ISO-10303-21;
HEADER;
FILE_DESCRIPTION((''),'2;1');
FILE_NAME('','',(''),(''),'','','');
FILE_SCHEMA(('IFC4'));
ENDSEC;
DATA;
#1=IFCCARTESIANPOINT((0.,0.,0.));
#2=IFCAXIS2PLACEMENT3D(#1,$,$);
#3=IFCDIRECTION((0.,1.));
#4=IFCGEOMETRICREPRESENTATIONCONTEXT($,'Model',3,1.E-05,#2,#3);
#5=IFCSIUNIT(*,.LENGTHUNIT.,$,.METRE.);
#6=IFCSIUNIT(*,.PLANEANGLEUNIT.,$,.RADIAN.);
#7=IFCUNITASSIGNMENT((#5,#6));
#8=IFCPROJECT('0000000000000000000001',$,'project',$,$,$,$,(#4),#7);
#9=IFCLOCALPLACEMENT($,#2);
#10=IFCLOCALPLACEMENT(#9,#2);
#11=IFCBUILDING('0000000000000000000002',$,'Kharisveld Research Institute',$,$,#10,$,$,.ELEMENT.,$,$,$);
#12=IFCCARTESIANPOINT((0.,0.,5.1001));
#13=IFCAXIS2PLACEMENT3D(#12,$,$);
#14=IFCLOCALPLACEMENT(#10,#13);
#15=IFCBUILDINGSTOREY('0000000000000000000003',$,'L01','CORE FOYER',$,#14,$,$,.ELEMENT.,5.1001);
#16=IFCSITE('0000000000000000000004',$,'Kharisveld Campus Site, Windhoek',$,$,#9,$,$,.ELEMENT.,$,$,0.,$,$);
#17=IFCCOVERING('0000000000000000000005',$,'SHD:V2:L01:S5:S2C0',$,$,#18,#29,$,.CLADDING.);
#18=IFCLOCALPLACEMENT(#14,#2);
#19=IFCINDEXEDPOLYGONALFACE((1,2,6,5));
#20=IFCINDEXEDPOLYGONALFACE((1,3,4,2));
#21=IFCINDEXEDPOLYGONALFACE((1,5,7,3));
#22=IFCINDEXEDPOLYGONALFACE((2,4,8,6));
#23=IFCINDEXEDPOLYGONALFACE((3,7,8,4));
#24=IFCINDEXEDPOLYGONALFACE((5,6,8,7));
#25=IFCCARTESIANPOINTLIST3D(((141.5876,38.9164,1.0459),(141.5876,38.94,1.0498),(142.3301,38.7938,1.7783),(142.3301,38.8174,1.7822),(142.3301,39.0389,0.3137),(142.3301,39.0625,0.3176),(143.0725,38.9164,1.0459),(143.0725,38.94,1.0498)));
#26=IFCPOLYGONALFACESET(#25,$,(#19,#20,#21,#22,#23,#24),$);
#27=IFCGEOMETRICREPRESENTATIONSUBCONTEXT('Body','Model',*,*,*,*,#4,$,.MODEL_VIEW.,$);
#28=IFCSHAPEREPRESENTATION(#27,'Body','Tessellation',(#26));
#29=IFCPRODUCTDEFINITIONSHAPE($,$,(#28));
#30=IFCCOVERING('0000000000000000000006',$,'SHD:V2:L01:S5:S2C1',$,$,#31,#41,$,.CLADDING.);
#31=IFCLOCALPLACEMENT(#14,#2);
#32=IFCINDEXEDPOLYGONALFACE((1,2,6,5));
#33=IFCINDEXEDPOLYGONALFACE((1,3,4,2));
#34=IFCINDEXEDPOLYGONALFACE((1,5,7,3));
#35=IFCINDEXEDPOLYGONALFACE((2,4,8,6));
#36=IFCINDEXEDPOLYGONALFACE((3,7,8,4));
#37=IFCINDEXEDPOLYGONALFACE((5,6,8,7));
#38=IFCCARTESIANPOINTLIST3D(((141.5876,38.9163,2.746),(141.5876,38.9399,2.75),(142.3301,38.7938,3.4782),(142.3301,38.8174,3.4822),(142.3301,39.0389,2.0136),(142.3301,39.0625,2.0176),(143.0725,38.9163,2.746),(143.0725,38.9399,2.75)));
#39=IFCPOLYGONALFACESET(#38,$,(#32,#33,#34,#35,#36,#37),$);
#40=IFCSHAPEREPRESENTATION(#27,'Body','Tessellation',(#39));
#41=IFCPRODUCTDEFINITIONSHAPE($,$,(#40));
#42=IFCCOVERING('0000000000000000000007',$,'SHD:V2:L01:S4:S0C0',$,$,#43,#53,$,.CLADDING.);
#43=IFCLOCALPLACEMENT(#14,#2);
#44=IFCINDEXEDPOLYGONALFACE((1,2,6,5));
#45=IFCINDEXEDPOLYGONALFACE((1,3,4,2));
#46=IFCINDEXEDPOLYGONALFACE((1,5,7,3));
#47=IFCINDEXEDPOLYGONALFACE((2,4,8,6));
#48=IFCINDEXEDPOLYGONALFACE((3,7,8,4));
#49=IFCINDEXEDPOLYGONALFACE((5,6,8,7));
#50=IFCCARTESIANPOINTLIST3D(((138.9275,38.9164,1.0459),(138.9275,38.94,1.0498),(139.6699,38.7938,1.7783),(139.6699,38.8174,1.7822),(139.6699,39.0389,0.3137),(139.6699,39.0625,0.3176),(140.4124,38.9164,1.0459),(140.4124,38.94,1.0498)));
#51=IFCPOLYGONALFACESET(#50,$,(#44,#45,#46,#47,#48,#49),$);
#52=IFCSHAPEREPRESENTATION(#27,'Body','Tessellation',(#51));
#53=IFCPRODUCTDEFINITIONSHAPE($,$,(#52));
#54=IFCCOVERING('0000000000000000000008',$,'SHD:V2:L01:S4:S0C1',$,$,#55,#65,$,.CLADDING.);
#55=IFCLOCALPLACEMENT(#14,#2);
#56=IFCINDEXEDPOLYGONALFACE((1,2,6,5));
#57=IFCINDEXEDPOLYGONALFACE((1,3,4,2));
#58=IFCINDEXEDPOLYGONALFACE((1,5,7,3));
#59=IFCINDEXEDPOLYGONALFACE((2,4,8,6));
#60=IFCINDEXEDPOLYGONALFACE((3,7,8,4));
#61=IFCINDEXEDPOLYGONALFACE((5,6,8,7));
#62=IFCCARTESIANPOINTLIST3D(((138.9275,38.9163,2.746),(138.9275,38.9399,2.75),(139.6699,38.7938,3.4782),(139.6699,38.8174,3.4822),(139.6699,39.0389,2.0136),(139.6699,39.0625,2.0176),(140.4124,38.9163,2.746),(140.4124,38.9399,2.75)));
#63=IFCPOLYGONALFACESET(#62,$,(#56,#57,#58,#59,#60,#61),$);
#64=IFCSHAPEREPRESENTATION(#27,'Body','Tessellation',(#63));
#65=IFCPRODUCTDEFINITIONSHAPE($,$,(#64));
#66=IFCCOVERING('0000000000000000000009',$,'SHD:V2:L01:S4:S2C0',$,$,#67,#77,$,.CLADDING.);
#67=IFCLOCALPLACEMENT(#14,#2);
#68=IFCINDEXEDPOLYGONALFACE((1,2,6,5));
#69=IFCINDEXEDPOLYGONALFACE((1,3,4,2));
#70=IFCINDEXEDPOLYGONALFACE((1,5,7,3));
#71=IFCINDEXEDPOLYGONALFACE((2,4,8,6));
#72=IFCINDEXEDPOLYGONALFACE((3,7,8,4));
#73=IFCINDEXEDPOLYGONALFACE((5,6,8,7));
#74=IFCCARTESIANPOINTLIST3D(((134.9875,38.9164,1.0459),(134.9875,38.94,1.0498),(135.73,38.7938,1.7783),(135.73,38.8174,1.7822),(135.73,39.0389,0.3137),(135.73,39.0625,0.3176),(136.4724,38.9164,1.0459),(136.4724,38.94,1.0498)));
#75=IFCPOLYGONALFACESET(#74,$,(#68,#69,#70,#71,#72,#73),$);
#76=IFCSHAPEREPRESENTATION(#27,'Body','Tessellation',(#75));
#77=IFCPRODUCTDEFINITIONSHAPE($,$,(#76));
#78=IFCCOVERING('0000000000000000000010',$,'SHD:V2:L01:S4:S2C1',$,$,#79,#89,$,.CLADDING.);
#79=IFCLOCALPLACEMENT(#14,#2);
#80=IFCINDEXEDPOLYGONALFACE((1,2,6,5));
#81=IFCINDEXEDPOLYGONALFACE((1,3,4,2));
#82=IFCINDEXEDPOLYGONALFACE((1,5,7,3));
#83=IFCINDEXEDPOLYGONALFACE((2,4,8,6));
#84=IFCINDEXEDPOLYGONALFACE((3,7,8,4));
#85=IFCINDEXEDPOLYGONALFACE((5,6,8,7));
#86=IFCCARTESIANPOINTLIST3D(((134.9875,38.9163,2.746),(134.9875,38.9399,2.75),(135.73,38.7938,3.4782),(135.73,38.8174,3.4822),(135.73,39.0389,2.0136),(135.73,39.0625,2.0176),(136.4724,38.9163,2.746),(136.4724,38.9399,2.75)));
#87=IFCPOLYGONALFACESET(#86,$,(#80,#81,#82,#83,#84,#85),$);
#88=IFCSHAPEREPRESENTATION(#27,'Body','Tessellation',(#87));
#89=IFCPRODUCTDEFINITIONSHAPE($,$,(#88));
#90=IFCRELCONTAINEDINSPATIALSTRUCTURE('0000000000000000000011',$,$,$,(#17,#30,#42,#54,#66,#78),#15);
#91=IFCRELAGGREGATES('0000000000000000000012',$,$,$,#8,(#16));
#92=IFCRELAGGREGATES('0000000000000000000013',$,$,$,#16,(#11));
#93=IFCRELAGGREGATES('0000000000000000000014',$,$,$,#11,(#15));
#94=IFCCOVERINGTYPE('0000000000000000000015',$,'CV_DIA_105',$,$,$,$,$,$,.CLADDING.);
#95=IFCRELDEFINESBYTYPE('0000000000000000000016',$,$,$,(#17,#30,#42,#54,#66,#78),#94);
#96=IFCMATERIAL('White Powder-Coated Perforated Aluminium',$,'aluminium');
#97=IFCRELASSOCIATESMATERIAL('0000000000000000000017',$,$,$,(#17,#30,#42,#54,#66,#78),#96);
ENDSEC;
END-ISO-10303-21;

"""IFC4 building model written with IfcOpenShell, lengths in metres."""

from ifc_helpers import new_model, si_unit, direction, frame, origin, place, context, subcontext, project, spatial, polyline, outline, extrude, material, type_object, element, save


model = new_model("IFC4")

# Units and contexts
model_context = context("Model", 3, precision=1e-05, world=origin(), true_north=direction((0.0, 1.0)))
body_context = subcontext(model_context, "Body", "Model", "MODEL_VIEW")
ifc_project = project(units=[si_unit("LENGTHUNIT", "METRE"), si_unit("PLANEANGLEUNIT", "RADIAN")], contexts=[model_context])

# Site, building, storey
site_placement = place(None, origin())
site = spatial("IfcSite", under=ifc_project, at=site_placement, Name="Kharisveld Campus Site, Windhoek", CompositionType="ELEMENT", RefElevation=0.0)
building_placement = place(site_placement, origin())
building = spatial("IfcBuilding", under=site, at=building_placement, Name="Kharisveld Research Institute", CompositionType="ELEMENT")
storey_placement = place(building_placement, frame((0.0, 0.0, 5.1001)))
storey = spatial("IfcBuildingStorey", under=building, at=storey_placement, Name="L01", Description="CORE FOYER", CompositionType="ELEMENT", Elevation=5.1001)

# Coverings
ifc_material_1 = material(Name="White Powder-Coated Perforated Aluminium", Category="aluminium")
covering_type = type_object("IfcCoveringType", Name="CV_DIA_105", PredefinedType="CLADDING")
covering_1_placement = place(storey_placement, frame((142.3301, 39.0625, 0.3176), z_axis=(0.0, 0.986283, 0.165065), x_axis=(-0.707139, -0.116714, 0.697376)))
element("IfcCovering", 1, at=covering_1_placement, inside=storey, type_object=covering_type, material=ifc_material_1, Name="SHD:V2:L01:S5:S2C0", PredefinedType="CLADDING", context=body_context, shape_type="SweptSolid", body=[
    extrude(outline(polyline([(0.0, 0.0), (1.0499, 0.0), (1.05, 1.0501), (-0.0001, 1.0499), (0.0, 0.0)])), origin(), (0.0, 0.0, -1.0), 0.0239),
])
covering_2_placement = place(storey_placement, frame((142.3301, 39.0625, 2.0176), z_axis=(0.0, 0.986283, 0.165065), x_axis=(-0.707024, -0.116733, 0.697489)))
element("IfcCovering", 2, at=covering_2_placement, inside=storey, type_object=covering_type, material=ifc_material_1, Name="SHD:V2:L01:S5:S2C1", PredefinedType="CLADDING", context=body_context, shape_type="SweptSolid", body=[
    extrude(outline(polyline([(0.0, 0.0), (1.0501, 0.0), (1.0502, 1.0499), (0.0002, 1.0501), (0.0, 0.0)])), origin(), (0.0, 0.0, -1.0), 0.0239),
])
covering_3_placement = place(storey_placement, frame((139.6699, 39.0625, 0.3176), z_axis=(0.0, 0.986283, 0.165065), x_axis=(-0.707139, -0.116714, 0.697376)))
element("IfcCovering", 3, at=covering_3_placement, inside=storey, type_object=covering_type, material=ifc_material_1, Name="SHD:V2:L01:S4:S0C0", PredefinedType="CLADDING", context=body_context, shape_type="SweptSolid", body=[
    extrude(outline(polyline([(0.0, 0.0), (1.0499, 0.0), (1.05, 1.0501), (-0.0001, 1.0499), (0.0, 0.0)])), origin(), (0.0, 0.0, -1.0), 0.0239),
])
covering_4_placement = place(storey_placement, frame((139.6699, 39.0625, 2.0176), z_axis=(0.0, 0.986283, 0.165065), x_axis=(-0.707024, -0.116733, 0.697489)))
element("IfcCovering", 4, at=covering_4_placement, inside=storey, type_object=covering_type, material=ifc_material_1, Name="SHD:V2:L01:S4:S0C1", PredefinedType="CLADDING", context=body_context, shape_type="SweptSolid", body=[
    extrude(outline(polyline([(0.0, 0.0), (1.0501, 0.0), (1.0502, 1.0499), (0.0002, 1.0501), (0.0, 0.0)])), origin(), (0.0, 0.0, -1.0), 0.0239),
])
covering_5_placement = place(storey_placement, frame((135.73, 39.0625, 0.3176), z_axis=(0.0, 0.986283, 0.165065), x_axis=(-0.707139, -0.116714, 0.697376)))
element("IfcCovering", 5, at=covering_5_placement, inside=storey, type_object=covering_type, material=ifc_material_1, Name="SHD:V2:L01:S4:S2C0", PredefinedType="CLADDING", context=body_context, shape_type="SweptSolid", body=[
    extrude(outline(polyline([(0.0, 0.0), (1.0499, 0.0), (1.05, 1.0501), (-0.0001, 1.0499), (0.0, 0.0)])), origin(), (0.0, 0.0, -1.0), 0.0239),
])
covering_6_placement = place(storey_placement, frame((135.73, 39.0625, 2.0176), z_axis=(0.0, 0.986283, 0.165065), x_axis=(-0.707024, -0.116733, 0.697489)))
element("IfcCovering", 6, at=covering_6_placement, inside=storey, type_object=covering_type, material=ifc_material_1, Name="SHD:V2:L01:S4:S2C1", PredefinedType="CLADDING", context=body_context, shape_type="SweptSolid", body=[
    extrude(outline(polyline([(0.0, 0.0), (1.0501, 0.0), (1.0502, 1.0499), (0.0002, 1.0501), (0.0, 0.0)])), origin(), (0.0, 0.0, -1.0), 0.0239),
])

save(model, "model.ifc")
